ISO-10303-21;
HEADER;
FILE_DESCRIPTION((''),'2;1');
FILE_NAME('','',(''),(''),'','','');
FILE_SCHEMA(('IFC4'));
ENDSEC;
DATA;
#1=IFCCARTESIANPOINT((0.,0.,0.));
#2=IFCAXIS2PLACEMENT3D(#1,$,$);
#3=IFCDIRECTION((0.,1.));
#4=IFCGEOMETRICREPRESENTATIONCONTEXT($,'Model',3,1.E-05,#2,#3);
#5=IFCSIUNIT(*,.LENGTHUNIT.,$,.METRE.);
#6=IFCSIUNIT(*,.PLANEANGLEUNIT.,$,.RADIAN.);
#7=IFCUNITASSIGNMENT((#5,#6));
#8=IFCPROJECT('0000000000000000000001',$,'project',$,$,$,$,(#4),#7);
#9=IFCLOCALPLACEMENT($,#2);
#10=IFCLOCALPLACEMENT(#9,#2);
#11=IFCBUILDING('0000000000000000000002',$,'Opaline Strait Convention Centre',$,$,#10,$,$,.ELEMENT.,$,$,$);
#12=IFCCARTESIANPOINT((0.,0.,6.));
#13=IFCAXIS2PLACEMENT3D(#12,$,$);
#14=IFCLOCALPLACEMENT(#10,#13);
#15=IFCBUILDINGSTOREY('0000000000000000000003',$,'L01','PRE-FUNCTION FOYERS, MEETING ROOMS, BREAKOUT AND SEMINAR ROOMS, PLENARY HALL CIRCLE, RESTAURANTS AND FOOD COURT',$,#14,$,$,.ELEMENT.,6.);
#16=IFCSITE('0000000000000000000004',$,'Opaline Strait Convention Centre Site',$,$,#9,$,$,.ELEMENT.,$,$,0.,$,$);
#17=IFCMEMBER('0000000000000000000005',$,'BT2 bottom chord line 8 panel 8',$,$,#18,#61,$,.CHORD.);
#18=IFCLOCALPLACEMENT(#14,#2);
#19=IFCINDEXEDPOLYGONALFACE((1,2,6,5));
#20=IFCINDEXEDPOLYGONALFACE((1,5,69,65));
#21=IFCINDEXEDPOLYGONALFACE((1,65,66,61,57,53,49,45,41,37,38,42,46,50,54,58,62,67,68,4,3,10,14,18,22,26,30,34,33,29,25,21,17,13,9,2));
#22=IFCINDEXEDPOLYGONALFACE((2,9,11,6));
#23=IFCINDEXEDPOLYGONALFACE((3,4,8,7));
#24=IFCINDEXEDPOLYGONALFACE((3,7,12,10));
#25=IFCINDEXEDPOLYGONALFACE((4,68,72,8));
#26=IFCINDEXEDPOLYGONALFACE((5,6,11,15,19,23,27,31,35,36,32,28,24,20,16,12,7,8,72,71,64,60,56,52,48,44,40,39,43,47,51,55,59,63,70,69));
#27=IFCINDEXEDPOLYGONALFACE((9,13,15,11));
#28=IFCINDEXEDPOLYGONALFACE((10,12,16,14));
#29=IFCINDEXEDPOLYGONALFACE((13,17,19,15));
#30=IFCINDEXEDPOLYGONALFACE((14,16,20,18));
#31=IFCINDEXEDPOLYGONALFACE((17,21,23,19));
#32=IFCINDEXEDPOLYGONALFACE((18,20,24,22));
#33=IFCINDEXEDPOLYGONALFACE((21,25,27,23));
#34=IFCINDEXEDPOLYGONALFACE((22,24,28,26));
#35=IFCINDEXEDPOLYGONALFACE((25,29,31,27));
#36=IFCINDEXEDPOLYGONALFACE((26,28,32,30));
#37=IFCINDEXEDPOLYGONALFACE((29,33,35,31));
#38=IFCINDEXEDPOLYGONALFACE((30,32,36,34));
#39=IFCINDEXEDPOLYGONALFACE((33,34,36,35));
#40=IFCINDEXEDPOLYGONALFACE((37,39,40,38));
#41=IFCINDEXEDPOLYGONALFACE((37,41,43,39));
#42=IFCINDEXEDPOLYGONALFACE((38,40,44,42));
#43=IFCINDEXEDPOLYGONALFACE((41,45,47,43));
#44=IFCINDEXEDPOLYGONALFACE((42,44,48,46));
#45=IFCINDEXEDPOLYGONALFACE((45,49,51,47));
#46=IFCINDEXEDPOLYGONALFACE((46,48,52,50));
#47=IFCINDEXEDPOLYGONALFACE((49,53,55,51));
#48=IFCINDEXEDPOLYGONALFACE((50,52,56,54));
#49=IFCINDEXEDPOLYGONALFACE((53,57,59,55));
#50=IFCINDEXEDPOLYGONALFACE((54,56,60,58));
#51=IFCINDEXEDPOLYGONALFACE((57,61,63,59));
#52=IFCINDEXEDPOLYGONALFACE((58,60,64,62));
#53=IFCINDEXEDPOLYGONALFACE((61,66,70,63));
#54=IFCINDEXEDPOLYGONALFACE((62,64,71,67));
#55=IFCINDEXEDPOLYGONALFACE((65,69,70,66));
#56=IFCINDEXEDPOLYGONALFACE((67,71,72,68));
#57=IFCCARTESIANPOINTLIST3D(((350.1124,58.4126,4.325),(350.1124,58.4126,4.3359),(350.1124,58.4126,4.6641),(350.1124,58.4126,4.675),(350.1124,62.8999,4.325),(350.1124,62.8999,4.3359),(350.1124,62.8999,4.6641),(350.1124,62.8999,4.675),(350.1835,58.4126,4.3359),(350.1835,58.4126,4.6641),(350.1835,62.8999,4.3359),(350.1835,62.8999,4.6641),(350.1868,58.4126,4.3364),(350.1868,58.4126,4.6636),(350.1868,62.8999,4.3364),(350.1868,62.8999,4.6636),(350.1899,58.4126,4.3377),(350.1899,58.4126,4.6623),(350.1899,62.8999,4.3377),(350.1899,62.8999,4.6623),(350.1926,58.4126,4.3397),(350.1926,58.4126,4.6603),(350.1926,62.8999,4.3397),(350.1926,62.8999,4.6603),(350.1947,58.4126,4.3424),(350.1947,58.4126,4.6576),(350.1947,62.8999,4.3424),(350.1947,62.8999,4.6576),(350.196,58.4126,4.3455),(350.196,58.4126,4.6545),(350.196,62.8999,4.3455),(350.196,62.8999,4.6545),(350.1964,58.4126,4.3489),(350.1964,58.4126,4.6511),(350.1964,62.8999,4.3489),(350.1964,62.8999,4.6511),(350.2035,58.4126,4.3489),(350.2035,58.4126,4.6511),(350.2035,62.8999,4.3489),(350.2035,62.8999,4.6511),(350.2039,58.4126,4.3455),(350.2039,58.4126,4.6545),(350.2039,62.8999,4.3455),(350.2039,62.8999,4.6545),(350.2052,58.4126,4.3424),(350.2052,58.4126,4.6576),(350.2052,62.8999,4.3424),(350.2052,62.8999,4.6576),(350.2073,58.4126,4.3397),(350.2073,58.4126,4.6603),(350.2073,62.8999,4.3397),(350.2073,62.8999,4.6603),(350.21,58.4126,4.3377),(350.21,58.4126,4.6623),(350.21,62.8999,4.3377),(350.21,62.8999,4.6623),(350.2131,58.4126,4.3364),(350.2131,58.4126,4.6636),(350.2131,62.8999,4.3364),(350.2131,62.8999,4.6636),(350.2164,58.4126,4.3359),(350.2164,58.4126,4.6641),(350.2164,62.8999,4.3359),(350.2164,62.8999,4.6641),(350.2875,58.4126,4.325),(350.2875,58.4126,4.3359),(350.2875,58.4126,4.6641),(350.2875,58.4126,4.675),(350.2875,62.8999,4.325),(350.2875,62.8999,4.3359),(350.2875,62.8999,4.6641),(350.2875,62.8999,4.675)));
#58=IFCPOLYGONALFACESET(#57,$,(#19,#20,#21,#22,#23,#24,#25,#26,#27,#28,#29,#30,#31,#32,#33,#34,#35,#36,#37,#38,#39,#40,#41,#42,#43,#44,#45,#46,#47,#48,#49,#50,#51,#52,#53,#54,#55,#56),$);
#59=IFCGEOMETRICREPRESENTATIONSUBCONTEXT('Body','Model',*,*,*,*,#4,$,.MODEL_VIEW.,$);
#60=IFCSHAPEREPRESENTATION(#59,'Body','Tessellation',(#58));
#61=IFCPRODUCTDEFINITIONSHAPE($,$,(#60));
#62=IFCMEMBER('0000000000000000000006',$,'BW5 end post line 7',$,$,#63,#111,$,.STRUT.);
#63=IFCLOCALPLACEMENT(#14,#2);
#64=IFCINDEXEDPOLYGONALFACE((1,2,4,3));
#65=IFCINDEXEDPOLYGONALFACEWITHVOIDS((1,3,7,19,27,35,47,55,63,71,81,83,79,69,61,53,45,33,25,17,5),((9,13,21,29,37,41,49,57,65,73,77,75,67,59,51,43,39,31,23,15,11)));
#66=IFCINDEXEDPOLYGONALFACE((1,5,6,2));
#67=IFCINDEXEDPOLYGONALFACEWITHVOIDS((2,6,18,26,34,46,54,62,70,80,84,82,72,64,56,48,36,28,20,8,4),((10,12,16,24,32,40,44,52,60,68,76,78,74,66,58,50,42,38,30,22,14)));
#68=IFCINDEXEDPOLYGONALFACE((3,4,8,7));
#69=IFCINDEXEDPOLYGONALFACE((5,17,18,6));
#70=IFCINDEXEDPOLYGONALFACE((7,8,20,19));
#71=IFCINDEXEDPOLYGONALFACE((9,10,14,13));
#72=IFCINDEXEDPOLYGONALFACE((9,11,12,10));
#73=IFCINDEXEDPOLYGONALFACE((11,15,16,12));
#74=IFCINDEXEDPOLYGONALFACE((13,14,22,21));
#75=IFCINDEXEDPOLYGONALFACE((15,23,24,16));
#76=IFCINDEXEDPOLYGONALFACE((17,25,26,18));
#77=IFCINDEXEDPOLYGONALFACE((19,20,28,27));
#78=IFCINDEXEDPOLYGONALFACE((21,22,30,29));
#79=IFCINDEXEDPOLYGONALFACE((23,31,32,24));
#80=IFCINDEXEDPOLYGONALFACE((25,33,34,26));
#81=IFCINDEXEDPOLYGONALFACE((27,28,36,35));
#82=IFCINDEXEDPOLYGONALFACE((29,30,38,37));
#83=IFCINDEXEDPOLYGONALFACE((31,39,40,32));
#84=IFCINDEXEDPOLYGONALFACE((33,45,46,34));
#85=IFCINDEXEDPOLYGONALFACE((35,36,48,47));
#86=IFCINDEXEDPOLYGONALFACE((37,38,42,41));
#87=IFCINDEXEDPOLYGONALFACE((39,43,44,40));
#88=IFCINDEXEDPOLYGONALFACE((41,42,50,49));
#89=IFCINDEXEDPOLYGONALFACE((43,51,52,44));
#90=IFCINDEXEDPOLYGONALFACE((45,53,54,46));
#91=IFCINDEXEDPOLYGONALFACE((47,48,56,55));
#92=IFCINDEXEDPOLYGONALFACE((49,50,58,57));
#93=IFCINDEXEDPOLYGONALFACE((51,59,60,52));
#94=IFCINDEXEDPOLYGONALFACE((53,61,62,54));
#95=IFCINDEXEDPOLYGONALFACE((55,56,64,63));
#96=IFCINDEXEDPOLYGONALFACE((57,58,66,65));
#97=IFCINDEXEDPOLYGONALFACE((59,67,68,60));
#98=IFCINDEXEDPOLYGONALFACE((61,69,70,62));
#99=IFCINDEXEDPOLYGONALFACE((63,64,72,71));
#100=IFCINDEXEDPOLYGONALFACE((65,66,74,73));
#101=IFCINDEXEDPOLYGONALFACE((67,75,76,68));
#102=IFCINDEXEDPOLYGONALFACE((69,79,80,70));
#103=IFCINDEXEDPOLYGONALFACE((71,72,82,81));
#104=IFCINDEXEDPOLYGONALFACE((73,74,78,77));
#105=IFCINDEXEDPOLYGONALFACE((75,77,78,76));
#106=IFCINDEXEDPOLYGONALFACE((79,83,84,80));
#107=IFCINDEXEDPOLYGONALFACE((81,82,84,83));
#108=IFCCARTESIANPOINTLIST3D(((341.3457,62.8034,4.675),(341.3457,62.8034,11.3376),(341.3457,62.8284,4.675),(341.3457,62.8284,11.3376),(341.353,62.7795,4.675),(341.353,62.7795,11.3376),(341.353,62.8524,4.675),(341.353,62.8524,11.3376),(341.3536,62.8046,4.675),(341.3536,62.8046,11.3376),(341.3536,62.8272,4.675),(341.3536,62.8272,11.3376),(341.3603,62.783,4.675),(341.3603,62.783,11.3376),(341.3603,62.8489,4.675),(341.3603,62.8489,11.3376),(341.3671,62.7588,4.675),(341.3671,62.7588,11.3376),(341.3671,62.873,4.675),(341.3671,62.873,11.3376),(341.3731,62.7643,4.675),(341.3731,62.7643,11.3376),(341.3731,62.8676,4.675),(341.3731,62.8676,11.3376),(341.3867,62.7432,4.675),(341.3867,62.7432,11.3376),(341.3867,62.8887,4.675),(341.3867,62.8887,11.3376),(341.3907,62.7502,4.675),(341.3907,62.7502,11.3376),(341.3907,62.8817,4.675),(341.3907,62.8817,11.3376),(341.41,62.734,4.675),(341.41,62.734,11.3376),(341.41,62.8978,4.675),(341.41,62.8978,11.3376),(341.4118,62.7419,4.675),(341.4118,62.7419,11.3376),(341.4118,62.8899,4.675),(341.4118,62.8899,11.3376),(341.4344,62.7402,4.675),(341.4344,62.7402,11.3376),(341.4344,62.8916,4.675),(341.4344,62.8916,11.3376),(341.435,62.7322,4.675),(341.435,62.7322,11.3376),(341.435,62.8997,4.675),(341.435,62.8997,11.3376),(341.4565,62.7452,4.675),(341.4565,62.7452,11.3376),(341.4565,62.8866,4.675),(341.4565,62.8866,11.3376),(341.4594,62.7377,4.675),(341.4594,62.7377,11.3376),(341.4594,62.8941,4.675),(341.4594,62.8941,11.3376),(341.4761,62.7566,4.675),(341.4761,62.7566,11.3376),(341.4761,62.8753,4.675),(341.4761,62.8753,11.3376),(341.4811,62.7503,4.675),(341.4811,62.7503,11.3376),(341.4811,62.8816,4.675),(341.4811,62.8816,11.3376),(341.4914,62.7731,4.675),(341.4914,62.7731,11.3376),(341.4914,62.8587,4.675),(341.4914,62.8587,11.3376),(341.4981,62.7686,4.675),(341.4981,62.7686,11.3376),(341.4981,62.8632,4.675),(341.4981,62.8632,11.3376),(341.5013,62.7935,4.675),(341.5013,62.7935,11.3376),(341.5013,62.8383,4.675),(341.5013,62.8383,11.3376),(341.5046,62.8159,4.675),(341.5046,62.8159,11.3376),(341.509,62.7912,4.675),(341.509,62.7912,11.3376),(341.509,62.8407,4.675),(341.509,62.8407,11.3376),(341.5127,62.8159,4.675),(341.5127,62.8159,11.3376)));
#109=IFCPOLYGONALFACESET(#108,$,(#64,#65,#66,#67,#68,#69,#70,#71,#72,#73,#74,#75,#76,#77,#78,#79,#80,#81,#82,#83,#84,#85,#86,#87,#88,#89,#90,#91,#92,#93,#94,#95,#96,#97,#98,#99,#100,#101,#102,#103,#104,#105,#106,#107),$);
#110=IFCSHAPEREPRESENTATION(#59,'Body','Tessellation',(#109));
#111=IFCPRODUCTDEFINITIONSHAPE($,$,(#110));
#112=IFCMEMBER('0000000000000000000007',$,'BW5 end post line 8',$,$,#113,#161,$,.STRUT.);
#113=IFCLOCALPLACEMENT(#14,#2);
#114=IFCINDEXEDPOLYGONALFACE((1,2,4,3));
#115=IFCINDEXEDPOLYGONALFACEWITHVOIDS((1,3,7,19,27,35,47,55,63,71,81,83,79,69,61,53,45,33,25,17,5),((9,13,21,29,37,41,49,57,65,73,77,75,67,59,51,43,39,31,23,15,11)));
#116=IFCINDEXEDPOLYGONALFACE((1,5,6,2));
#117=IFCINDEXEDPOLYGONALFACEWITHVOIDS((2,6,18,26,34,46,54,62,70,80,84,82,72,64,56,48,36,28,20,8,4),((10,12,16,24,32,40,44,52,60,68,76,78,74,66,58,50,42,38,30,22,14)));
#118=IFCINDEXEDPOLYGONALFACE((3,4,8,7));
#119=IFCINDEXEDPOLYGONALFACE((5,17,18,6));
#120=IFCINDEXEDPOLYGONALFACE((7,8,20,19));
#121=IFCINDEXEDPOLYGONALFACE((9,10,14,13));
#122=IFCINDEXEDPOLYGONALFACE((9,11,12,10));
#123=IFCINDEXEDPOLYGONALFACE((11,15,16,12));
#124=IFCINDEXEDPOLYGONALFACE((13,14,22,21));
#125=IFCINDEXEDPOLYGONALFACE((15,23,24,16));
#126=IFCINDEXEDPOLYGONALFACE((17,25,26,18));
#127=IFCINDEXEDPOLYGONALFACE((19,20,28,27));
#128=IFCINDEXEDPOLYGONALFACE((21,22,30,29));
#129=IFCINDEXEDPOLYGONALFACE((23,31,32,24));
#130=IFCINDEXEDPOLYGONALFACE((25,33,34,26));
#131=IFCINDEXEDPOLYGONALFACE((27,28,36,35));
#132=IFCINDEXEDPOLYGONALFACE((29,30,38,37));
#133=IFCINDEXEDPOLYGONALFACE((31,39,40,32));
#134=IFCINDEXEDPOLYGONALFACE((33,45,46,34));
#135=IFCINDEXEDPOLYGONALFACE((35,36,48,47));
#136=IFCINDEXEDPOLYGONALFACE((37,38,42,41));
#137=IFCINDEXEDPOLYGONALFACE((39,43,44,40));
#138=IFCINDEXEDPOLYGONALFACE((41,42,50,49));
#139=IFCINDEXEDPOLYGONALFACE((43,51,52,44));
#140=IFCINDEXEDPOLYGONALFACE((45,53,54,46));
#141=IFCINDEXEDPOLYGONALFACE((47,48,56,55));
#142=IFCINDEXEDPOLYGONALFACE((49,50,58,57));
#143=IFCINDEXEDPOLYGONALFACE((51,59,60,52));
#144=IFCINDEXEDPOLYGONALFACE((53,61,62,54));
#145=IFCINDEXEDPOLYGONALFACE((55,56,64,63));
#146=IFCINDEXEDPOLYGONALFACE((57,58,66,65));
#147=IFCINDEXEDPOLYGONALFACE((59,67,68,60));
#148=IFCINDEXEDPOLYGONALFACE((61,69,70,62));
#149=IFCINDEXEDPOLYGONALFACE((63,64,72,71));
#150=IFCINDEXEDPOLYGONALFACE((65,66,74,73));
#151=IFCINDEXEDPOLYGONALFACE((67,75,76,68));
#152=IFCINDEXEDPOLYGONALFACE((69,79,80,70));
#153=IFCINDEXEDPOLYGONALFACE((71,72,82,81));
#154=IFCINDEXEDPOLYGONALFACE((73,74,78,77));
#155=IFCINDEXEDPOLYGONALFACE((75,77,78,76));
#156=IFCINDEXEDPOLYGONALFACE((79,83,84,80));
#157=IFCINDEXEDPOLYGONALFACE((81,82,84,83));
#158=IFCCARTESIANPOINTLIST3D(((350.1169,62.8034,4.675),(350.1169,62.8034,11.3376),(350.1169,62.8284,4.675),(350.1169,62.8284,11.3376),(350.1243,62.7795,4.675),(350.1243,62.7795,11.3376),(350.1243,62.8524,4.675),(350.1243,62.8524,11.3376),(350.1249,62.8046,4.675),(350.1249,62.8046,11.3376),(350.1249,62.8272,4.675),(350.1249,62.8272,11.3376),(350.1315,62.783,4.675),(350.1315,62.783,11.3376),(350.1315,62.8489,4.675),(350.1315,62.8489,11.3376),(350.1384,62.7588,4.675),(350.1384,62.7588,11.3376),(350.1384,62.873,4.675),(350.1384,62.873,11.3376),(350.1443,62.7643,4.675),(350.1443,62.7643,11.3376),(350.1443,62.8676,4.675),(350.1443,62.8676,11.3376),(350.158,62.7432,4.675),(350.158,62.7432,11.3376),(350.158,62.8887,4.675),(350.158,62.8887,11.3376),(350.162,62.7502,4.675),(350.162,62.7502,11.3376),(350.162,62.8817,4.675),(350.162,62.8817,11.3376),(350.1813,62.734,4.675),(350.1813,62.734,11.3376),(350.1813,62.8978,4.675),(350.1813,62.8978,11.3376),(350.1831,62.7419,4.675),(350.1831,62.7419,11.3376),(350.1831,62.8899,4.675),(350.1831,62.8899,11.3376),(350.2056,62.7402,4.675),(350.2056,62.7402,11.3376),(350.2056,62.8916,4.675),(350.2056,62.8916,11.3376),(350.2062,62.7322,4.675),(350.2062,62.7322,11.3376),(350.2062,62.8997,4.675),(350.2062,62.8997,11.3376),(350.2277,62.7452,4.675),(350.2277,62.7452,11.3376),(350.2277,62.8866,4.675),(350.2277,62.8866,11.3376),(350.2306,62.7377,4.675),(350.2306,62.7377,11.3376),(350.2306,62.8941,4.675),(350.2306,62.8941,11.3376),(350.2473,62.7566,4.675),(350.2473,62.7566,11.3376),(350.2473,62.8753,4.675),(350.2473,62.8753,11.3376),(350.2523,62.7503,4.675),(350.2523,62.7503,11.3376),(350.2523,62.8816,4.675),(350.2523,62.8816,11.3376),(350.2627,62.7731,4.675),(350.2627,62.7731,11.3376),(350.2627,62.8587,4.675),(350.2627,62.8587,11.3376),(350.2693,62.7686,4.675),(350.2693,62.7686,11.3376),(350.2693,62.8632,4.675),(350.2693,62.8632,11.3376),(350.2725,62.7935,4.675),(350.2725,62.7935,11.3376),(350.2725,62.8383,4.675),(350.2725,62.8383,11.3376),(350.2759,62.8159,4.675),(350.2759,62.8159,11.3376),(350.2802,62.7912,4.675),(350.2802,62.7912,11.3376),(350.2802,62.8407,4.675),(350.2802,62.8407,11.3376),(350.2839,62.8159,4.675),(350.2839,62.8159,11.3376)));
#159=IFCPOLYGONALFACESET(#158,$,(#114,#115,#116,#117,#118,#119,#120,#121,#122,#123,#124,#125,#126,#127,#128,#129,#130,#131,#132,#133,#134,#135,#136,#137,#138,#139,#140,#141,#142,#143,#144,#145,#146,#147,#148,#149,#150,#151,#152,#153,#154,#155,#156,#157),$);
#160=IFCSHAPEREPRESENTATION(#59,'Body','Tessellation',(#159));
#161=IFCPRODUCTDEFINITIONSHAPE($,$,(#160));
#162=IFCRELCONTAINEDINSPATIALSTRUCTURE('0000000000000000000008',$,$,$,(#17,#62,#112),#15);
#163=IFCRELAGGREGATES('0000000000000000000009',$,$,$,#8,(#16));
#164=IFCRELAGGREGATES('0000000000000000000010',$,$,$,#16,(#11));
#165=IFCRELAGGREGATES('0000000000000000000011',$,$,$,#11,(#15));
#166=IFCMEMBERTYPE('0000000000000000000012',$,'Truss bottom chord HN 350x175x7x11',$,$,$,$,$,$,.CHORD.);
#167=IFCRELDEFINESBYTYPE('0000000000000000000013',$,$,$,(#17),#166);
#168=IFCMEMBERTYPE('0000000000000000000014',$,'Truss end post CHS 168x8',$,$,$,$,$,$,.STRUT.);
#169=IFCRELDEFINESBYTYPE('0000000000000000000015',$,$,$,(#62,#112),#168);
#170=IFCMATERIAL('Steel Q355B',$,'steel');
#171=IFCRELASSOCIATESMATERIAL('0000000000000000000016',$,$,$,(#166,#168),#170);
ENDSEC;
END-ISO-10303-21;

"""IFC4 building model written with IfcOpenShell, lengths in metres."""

from ifc_helpers import new_model, si_unit, direction, frame, origin, origin_2d, place, context, subcontext, project, spatial, hollow_circle, i_section, extrude, material, material_profile, profile_set, type_object, element, save


model = new_model("IFC4")

# Units and contexts
model_context = context("Model", 3, precision=1e-05, world=origin(), true_north=direction((0.0, 1.0)))
body_context = subcontext(model_context, "Body", "Model", "MODEL_VIEW")
ifc_project = project(units=[si_unit("LENGTHUNIT", "METRE"), si_unit("PLANEANGLEUNIT", "RADIAN")], contexts=[model_context])

# Site, building, storey
site_placement = place(None, origin())
site = spatial("IfcSite", under=ifc_project, at=site_placement, Name="Opaline Strait Convention Centre Site", CompositionType="ELEMENT", RefElevation=0.0)
building_placement = place(site_placement, origin())
building = spatial("IfcBuilding", under=site, at=building_placement, Name="Opaline Strait Convention Centre", CompositionType="ELEMENT")
storey_placement = place(building_placement, frame((0.0, 0.0, 6.0)))
storey = spatial("IfcBuildingStorey", under=building, at=storey_placement, Name="L01", Description="PRE-FUNCTION FOYERS, MEETING ROOMS, BREAKOUT AND SEMINAR ROOMS, PLENARY HALL CIRCLE, RESTAURANTS AND FOOD COURT", CompositionType="ELEMENT", Elevation=6.0)

# Members
ifc_material_1 = material(Name="Steel Q355B", Category="steel")
ifc_material_profile_1 = material_profile(ifc_material_1, i_section(OverallWidth=0.175, OverallDepth=0.3501, WebThickness=0.0071, FlangeThickness=0.011, FilletRadius=0.0129, at=origin_2d()), Name="HN 350x175x7x11")
ifc_profile_set_1 = profile_set([ifc_material_profile_1], Name="Steel Q355B")
member_type_1 = type_object("IfcMemberType", Name="Truss bottom chord HN 350x175x7x11", PredefinedType="CHORD", material=ifc_profile_set_1)
member_1_placement = place(storey_placement, frame((350.2, 58.4126, 4.5), z_axis=(0.0, 1.0, 0.0), x_axis=(-1.0, 0.0, 0.0)))
element("IfcMember", 1, at=member_1_placement, inside=storey, type_object=member_type_1, Name="BT2 bottom chord line 8 panel 8", PredefinedType="CHORD", context=body_context, shape_type="SweptSolid", body=[
    extrude(i_section(OverallWidth=0.175, OverallDepth=0.3501, WebThickness=0.0071, FlangeThickness=0.011, FilletRadius=0.0129, at=origin_2d()), origin(), (0.0, 0.0, 1.0), 4.4873),
])
ifc_material_profile_2 = material_profile(ifc_material_1, hollow_circle(Radius=0.084, WallThickness=0.0081, at=origin_2d()), Name="CHS 168x8")
ifc_profile_set_2 = profile_set([ifc_material_profile_2], Name="Steel Q355B")
member_type_2 = type_object("IfcMemberType", Name="Truss end post CHS 168x8", PredefinedType="STRUT", material=ifc_profile_set_2)
for number, where, z_axis, x_axis, name in (
    (2, (341.4287, 62.8159, 4.675), (0.0, 0.0, 1.0), (1.0, 0.0, 0.0), "BW5 end post line 7"),
    (3, (350.2, 62.8159, 4.675), (0.0, 0.0, 1.0), (1.0, 0.0, 0.0), "BW5 end post line 8"),
):
    element("IfcMember", number, at=place(storey_placement, frame(where, z_axis=z_axis, x_axis=x_axis)), inside=storey, type_object=member_type_2, Name=name, PredefinedType="STRUT", context=body_context, shape_type="SweptSolid", body=[
        extrude(hollow_circle(Radius=0.084, WallThickness=0.0081, at=origin_2d()), origin(), (0.0, 0.0, 1.0), 6.6626),
    ])

save(model, "model.ifc")
